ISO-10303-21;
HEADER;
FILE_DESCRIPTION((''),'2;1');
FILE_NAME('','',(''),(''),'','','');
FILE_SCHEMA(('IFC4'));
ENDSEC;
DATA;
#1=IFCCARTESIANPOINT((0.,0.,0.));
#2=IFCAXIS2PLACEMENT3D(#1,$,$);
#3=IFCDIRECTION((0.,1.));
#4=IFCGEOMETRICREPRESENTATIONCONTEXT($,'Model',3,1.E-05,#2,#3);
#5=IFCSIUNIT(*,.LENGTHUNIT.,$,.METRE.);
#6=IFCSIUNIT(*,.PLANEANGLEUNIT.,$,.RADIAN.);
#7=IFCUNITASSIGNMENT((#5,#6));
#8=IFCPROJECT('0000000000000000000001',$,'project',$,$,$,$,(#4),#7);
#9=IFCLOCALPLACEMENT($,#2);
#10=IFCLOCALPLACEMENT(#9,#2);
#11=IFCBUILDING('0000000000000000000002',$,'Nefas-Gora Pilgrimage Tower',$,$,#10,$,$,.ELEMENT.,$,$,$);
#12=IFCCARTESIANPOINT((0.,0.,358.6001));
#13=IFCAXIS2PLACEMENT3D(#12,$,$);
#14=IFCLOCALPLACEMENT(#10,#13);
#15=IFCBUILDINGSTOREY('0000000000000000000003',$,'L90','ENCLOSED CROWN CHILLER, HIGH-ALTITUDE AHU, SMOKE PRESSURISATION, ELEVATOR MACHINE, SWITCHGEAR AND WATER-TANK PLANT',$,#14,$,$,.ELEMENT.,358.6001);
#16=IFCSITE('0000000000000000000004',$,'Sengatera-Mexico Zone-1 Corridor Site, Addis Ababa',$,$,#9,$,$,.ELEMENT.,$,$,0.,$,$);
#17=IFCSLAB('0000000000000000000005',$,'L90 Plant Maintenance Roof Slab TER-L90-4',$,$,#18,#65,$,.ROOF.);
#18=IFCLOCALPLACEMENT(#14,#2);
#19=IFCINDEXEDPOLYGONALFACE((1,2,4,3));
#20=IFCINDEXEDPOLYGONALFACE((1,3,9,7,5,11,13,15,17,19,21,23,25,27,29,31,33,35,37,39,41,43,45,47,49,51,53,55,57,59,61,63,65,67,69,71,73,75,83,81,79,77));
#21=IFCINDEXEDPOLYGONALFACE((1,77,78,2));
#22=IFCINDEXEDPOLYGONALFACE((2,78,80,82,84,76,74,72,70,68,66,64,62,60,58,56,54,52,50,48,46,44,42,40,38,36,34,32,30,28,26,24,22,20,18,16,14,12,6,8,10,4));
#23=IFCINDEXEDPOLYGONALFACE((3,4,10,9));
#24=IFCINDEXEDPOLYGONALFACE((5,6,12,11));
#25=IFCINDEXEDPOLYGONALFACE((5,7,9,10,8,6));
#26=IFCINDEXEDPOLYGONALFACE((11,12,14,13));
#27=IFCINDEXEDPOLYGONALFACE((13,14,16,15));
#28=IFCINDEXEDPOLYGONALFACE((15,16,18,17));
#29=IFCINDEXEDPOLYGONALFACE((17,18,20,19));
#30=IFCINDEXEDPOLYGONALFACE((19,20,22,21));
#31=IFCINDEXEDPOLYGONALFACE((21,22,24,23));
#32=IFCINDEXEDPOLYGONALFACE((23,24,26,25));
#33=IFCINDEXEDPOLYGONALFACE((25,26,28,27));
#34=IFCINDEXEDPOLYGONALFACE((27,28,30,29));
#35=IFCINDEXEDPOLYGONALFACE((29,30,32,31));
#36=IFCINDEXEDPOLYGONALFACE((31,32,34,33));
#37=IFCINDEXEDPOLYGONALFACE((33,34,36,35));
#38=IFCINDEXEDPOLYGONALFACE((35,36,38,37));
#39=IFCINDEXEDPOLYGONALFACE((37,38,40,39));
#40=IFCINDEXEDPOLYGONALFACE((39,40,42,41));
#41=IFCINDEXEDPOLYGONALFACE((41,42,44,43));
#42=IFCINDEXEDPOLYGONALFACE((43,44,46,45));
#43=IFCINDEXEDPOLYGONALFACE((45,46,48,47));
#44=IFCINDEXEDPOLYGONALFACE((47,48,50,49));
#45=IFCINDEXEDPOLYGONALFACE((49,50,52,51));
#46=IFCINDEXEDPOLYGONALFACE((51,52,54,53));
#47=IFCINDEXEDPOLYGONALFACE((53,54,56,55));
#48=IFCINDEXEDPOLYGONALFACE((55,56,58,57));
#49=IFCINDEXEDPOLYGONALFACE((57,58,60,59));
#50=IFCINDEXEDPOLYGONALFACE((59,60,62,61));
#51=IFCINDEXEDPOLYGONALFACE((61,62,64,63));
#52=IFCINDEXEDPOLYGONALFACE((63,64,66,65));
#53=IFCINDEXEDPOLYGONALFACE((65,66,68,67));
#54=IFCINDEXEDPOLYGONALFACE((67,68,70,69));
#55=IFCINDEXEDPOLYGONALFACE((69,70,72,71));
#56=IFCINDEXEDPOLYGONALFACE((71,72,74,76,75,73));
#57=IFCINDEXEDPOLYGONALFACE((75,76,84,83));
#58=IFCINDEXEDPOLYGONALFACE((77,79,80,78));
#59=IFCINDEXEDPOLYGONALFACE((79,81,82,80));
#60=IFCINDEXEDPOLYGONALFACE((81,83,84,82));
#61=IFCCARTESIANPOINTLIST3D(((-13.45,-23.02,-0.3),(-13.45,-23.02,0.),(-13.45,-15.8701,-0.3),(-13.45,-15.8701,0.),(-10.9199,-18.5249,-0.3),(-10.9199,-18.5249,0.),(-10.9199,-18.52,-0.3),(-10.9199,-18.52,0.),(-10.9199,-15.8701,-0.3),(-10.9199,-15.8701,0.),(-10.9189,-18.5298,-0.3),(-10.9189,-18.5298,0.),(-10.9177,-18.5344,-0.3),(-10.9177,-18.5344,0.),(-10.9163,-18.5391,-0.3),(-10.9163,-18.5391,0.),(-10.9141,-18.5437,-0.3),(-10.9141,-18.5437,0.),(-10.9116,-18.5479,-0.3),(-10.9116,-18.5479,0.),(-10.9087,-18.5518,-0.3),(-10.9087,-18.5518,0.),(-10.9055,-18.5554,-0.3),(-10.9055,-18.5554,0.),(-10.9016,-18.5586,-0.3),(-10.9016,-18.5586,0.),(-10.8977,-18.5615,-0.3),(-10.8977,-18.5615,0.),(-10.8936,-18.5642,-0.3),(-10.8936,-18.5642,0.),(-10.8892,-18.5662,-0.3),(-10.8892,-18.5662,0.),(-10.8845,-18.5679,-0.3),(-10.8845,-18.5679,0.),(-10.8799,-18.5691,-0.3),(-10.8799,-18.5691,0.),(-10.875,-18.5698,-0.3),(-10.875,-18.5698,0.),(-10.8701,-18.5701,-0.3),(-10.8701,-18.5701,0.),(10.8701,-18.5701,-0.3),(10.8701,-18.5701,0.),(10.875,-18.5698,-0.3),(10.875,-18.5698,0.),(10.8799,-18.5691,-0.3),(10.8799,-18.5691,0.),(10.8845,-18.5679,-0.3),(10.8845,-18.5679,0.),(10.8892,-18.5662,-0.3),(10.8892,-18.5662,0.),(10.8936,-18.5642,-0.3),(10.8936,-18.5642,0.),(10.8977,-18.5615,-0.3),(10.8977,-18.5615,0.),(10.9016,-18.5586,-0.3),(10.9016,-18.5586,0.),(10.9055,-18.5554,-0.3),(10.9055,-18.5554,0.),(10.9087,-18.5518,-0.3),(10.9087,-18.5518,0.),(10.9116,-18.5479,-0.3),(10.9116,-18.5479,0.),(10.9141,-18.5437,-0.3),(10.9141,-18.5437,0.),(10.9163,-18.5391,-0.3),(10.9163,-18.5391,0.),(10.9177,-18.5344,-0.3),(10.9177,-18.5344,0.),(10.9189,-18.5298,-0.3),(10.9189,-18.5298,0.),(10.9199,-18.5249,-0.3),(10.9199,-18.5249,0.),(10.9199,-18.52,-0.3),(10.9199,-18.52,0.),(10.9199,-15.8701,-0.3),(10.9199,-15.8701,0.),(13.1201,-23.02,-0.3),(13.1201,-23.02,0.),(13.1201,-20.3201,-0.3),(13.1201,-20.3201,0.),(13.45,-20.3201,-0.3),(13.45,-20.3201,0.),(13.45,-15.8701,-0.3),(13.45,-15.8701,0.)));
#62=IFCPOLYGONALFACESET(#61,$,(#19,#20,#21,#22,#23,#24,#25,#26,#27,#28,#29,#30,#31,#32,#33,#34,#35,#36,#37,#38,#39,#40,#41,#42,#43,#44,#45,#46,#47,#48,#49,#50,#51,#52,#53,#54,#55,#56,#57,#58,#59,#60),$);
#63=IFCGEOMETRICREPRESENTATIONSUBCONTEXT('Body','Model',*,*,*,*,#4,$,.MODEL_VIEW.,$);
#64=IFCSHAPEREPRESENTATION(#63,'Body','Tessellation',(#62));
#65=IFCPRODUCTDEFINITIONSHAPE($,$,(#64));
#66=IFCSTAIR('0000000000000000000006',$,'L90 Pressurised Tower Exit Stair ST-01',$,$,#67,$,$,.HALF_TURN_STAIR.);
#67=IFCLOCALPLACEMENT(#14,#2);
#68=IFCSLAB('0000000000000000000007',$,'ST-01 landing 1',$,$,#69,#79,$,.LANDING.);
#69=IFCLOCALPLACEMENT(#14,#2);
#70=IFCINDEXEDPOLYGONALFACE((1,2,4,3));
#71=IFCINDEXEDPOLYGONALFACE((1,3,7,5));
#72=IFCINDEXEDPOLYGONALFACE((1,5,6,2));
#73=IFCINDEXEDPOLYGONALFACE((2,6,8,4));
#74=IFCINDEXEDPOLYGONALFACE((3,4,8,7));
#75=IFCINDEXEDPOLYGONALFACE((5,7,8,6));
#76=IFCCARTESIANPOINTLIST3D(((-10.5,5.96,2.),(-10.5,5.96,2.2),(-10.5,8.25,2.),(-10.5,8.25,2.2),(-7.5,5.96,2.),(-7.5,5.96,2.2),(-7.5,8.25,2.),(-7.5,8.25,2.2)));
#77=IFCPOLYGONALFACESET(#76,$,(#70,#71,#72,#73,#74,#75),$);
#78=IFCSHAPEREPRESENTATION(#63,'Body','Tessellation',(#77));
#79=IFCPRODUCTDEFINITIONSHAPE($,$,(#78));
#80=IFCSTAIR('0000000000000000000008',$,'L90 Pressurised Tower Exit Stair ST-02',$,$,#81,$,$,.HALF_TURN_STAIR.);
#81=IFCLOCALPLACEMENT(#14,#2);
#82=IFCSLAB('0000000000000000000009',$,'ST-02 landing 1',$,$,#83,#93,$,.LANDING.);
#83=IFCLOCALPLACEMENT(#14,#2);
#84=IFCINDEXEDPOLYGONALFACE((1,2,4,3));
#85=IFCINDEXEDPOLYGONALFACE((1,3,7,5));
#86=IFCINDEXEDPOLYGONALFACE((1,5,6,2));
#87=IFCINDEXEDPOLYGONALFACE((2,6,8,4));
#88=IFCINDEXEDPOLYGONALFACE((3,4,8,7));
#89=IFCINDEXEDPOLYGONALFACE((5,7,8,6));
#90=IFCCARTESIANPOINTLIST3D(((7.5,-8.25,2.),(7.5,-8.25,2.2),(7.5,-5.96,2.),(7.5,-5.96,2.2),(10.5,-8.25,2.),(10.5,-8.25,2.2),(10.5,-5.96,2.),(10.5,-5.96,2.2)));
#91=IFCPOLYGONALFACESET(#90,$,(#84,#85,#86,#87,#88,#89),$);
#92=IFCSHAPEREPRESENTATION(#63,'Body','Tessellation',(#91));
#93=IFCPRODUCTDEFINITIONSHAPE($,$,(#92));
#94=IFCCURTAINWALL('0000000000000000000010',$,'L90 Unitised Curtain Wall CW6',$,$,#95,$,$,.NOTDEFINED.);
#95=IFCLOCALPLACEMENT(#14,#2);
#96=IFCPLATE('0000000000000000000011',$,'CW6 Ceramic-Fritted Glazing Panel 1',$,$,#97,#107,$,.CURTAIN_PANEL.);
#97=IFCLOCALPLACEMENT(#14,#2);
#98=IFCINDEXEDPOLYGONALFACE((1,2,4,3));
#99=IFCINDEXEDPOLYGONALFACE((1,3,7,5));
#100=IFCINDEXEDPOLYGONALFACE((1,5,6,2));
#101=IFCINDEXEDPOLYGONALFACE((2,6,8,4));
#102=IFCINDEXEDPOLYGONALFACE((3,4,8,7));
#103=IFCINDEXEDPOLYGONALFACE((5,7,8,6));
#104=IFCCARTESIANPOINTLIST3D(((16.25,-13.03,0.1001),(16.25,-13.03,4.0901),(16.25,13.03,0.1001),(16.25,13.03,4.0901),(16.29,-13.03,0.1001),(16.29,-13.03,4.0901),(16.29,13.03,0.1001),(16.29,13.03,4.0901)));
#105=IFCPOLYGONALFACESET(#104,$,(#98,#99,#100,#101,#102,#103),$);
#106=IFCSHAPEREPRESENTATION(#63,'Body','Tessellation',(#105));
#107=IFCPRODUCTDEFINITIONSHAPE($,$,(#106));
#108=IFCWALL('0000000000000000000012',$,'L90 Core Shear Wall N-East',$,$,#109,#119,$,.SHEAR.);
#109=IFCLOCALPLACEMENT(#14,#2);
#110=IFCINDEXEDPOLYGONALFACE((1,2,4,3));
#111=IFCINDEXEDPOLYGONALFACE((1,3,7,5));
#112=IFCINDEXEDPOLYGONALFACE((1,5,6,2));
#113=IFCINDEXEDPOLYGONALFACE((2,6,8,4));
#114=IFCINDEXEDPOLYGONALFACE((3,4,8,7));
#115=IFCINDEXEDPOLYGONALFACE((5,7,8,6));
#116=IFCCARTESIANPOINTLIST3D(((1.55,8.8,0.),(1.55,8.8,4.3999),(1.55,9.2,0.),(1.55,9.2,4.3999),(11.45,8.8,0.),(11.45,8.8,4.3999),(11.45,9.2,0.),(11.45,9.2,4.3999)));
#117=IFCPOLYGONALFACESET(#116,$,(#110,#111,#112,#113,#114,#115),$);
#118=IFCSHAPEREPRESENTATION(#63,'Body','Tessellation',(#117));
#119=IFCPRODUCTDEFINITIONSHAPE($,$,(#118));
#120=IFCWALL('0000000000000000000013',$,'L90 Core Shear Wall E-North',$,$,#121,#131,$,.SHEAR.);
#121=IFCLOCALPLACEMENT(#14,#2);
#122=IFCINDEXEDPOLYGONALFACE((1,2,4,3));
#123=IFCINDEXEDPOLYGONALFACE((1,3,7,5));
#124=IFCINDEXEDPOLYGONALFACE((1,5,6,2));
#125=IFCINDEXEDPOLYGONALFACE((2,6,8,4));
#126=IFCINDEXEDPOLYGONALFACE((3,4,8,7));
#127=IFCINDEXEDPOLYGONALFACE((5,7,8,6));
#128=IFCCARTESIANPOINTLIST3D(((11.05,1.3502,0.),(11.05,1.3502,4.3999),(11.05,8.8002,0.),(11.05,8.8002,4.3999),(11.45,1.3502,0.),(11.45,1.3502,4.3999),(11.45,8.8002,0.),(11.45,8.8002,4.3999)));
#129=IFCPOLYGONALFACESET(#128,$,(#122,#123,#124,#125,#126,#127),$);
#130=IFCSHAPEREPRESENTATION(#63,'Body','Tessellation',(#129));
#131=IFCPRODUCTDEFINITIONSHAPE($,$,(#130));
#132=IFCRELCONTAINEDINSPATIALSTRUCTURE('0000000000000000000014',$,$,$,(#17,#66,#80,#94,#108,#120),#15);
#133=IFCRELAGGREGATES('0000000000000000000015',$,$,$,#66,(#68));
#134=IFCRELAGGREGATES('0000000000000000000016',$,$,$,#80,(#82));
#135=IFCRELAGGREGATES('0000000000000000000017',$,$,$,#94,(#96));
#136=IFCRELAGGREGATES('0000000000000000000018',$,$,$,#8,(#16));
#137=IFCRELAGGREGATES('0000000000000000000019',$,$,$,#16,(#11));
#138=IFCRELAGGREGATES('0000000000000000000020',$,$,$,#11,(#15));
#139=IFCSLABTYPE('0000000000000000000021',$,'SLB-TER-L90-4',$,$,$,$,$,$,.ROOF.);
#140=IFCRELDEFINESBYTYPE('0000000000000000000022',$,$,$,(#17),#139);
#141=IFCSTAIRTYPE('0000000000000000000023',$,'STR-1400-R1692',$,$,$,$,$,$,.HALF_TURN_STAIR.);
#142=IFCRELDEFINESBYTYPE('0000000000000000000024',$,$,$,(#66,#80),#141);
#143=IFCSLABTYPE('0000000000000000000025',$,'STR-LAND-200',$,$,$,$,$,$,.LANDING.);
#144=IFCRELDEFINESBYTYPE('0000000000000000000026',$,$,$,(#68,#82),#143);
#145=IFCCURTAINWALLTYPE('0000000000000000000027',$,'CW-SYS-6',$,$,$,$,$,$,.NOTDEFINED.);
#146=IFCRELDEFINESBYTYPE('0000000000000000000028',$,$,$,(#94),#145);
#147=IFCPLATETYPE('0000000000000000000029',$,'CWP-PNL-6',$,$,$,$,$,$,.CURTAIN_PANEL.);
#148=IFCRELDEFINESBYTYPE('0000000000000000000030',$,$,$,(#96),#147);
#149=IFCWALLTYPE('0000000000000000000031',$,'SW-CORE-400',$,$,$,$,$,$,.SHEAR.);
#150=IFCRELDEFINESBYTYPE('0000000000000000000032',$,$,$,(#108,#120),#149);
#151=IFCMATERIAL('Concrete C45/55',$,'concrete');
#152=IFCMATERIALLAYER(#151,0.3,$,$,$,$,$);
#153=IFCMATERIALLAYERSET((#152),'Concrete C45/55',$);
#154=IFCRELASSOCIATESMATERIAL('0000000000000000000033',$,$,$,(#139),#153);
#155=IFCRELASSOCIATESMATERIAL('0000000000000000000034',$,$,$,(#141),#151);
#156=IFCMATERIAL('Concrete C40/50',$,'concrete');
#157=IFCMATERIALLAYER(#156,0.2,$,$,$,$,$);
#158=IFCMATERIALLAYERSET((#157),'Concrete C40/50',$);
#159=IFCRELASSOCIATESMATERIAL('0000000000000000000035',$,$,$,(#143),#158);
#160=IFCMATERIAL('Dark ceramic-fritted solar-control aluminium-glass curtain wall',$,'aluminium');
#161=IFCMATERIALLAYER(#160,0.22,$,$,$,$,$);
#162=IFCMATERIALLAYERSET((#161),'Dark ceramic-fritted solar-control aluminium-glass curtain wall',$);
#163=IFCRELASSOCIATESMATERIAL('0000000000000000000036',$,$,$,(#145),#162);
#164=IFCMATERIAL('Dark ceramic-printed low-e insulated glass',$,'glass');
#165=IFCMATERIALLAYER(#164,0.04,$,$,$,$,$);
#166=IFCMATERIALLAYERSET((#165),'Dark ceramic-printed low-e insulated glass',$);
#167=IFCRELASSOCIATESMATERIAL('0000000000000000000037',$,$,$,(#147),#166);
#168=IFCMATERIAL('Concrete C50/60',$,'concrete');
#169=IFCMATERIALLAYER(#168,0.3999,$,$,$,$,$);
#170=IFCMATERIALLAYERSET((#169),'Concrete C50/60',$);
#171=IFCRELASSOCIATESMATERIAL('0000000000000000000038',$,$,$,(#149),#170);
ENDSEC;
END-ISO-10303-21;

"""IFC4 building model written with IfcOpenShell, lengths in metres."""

from ifc_helpers import new_model, si_unit, direction, frame, frame_2d, origin, origin_2d, place, context, subcontext, project, spatial, polyline, rectangle, outline, extrude, source, transform, mapped, material, layer, layer_set, type_object, element, aggregate, save


model = new_model("IFC4")

# Units and contexts
model_context = context("Model", 3, precision=1e-05, world=origin(), true_north=direction((0.0, 1.0)))
body_context = subcontext(model_context, "Body", "Model", "MODEL_VIEW")
ifc_project = project(units=[si_unit("LENGTHUNIT", "METRE"), si_unit("PLANEANGLEUNIT", "RADIAN")], contexts=[model_context])

# Site, building, storey
site_placement = place(None, origin())
site = spatial("IfcSite", under=ifc_project, at=site_placement, Name="Sengatera-Mexico Zone-1 Corridor Site, Addis Ababa", CompositionType="ELEMENT", RefElevation=0.0)
building_placement = place(site_placement, origin())
building = spatial("IfcBuilding", under=site, at=building_placement, Name="Nefas-Gora Pilgrimage Tower", CompositionType="ELEMENT")
storey_placement = place(building_placement, frame((0.0, 0.0, 358.6001)))
storey = spatial("IfcBuildingStorey", under=building, at=storey_placement, Name="L90", Description="ENCLOSED CROWN CHILLER, HIGH-ALTITUDE AHU, SMOKE PRESSURISATION, ELEVATOR MACHINE, SWITCHGEAR AND WATER-TANK PLANT", CompositionType="ELEMENT", Elevation=358.6001)

# Shared definitions
ifc_material_1 = material(Name="Concrete C50/60", Category="concrete")

# Slab
ifc_material_2 = material(Name="Concrete C45/55", Category="concrete")
ifc_layer_1 = layer(ifc_material_2, 0.3)
ifc_layer_set_1 = layer_set([ifc_layer_1], Name="Concrete C45/55")
slab_type_1 = type_object("IfcSlabType", Name="SLB-TER-L90-4", PredefinedType="ROOF", material=ifc_layer_set_1)
slab_1_placement = place(storey_placement, frame((0.0, 0.0, -0.3)))
element("IfcSlab", 1, at=slab_1_placement, inside=storey, type_object=slab_type_1, Name="L90 Plant Maintenance Roof Slab TER-L90-4", PredefinedType="ROOF", context=body_context, shape_type="SweptSolid", body=[
    extrude(outline(polyline([(13.45, -20.3201), (13.45, -15.8701), (10.9199, -15.8701), (10.9199, -18.52), (10.9199, -18.5249), (10.9189, -18.5298), (10.9177, -18.5344), (10.9163, -18.5391), (10.9141, -18.5437), (10.9116, -18.5479), (10.9087, -18.5518), (10.9055, -18.5554), (10.9016, -18.5586), (10.8977, -18.5615), (10.8936, -18.5642), (10.8892, -18.5662), (10.8845, -18.5679), (10.8799, -18.5691), (10.875, -18.5698), (10.8701, -18.5701), (-10.8701, -18.5701), (-10.875, -18.5698), (-10.8799, -18.5691), (-10.8845, -18.5679), (-10.8892, -18.5662), (-10.8936, -18.5642), (-10.8977, -18.5615), (-10.9016, -18.5586), (-10.9055, -18.5554), (-10.9087, -18.5518), (-10.9116, -18.5479), (-10.9141, -18.5437), (-10.9163, -18.5391), (-10.9177, -18.5344), (-10.9189, -18.5298), (-10.9199, -18.5249), (-10.9199, -18.52), (-10.9199, -15.8701), (-13.45, -15.8701), (-13.45, -23.02), (13.1201, -23.02), (13.1201, -20.3201), (13.45, -20.3201)])), origin(), (0.0, 0.0, 1.0), 0.3),
])

# Stairs, slabs
stair_type = type_object("IfcStairType", Name="STR-1400-R1692", PredefinedType="HALF_TURN_STAIR", material=ifc_material_2)
stair_1_placement = place(storey_placement, origin())
stair_1 = element("IfcStair", 2, at=stair_1_placement, inside=storey, type_object=stair_type, Name="L90 Pressurised Tower Exit Stair ST-01", PredefinedType="HALF_TURN_STAIR")
ifc_material_3 = material(Name="Concrete C40/50", Category="concrete")
ifc_layer_2 = layer(ifc_material_3, 0.2)
ifc_layer_set_2 = layer_set([ifc_layer_2], Name="Concrete C40/50")
slab_type_2 = type_object("IfcSlabType", Name="STR-LAND-200", PredefinedType="LANDING", material=ifc_layer_set_2)
slab_2_placement = place(storey_placement, frame((0.0, 0.0, 2.0)))
slab_2 = element("IfcSlab", 3, at=slab_2_placement, type_object=slab_type_2, Name="ST-01 landing 1", PredefinedType="LANDING", context=body_context, shape_type="SweptSolid", body=[
    extrude(outline(polyline([(-7.5, 5.96), (-7.5, 8.25), (-10.5, 8.25), (-10.5, 5.96), (-7.5, 5.96)])), origin(), (0.0, 0.0, 1.0), 0.2),
])
aggregate(stair_1, [slab_2])
stair_2_placement = place(storey_placement, origin())
stair_2 = element("IfcStair", 4, at=stair_2_placement, inside=storey, type_object=stair_type, Name="L90 Pressurised Tower Exit Stair ST-02", PredefinedType="HALF_TURN_STAIR")
slab_3_placement = place(storey_placement, frame((0.0, 0.0, 2.0)))
slab_3 = element("IfcSlab", 5, at=slab_3_placement, type_object=slab_type_2, Name="ST-02 landing 1", PredefinedType="LANDING", context=body_context, shape_type="SweptSolid", body=[
    extrude(outline(polyline([(7.5, -5.96), (7.5, -8.25), (10.5, -8.25), (10.5, -5.96), (7.5, -5.96)])), origin(), (0.0, 0.0, 1.0), 0.2),
])
aggregate(stair_2, [slab_3])

# Curtain wall, plate
ifc_material_4 = material(Name="Dark ceramic-fritted solar-control aluminium-glass curtain wall", Category="aluminium")
ifc_layer_3 = layer(ifc_material_4, 0.22)
ifc_layer_set_3 = layer_set([ifc_layer_3], Name="Dark ceramic-fritted solar-control aluminium-glass curtain wall")
curtain_wall_type = type_object("IfcCurtainWallType", Name="CW-SYS-6", PredefinedType="NOTDEFINED", material=ifc_layer_set_3)
curtain_wall_placement = place(storey_placement, origin())
curtain_wall = element("IfcCurtainWall", 6, at=curtain_wall_placement, inside=storey, type_object=curtain_wall_type, Name="L90 Unitised Curtain Wall CW6", PredefinedType="NOTDEFINED")
ifc_material_5 = material(Name="Dark ceramic-printed low-e insulated glass", Category="glass")
ifc_layer_4 = layer(ifc_material_5, 0.04)
ifc_layer_set_4 = layer_set([ifc_layer_4], Name="Dark ceramic-printed low-e insulated glass")
plate_type = type_object("IfcPlateType", Name="CWP-PNL-6", PredefinedType="CURTAIN_PANEL", material=ifc_layer_set_4)
shared_shape_1 = source(origin(), body_context, "Body", "SweptSolid", [
    extrude(rectangle(XDim=26.0601, YDim=0.04, at=origin_2d()), origin(), (0.0, 0.0, 1.0), 3.99),
])
plate_placement = place(storey_placement, frame((16.27, 0.0, 0.1001), z_axis=(0.0, 0.0, 1.0), x_axis=(0.0, 1.0, 0.0)))
plate = element("IfcPlate", 7, at=plate_placement, type_object=plate_type, Name="CW6 Ceramic-Fritted Glazing Panel 1", PredefinedType="CURTAIN_PANEL", context=body_context, shape_type="MappedRepresentation", body=[
    mapped(shared_shape_1, transform((0.0, 0.0, 0.0), x_axis=(1.0, 0.0, 0.0), y_axis=(0.0, 1.0, 0.0), z_axis=(0.0, 0.0, 1.0), scale=1.0)),
])
aggregate(curtain_wall, [plate])

# Walls
ifc_layer_5 = layer(ifc_material_1, 0.3999)
ifc_layer_set_5 = layer_set([ifc_layer_5], Name="Concrete C50/60")
wall_type_1 = type_object("IfcWallType", Name="SW-CORE-400", PredefinedType="SHEAR", material=ifc_layer_set_5)
shared_shape_2 = source(origin(), body_context, "Body", "SweptSolid", [
    extrude(rectangle(XDim=9.8999, YDim=0.3999, at=frame_2d((4.95, 0.0))), origin(), (0.0, 0.0, 1.0), 4.3999),
])
wall_1_placement = place(storey_placement, frame((1.55, 9.0, 0.0), z_axis=(0.0, 0.0, 1.0), x_axis=(1.0, 0.0, 0.0)))
element("IfcWall", 8, at=wall_1_placement, inside=storey, type_object=wall_type_1, Name="L90 Core Shear Wall N-East", PredefinedType="SHEAR", context=body_context, shape_type="MappedRepresentation", body=[
    mapped(shared_shape_2, transform((0.0, 0.0, 0.0), x_axis=(1.0, 0.0, 0.0), y_axis=(0.0, 1.0, 0.0), z_axis=(0.0, 0.0, 1.0), scale=1.0)),
])
shared_shape_3 = source(origin(), body_context, "Body", "SweptSolid", [
    extrude(rectangle(XDim=7.45, YDim=0.3999, at=frame_2d((3.7251, 0.0))), origin(), (0.0, 0.0, 1.0), 4.3999),
])
wall_2_placement = place(storey_placement, frame((11.25, 1.3501, 0.0), z_axis=(0.0, 0.0, 1.0), x_axis=(0.0, 1.0, 0.0)))
element("IfcWall", 9, at=wall_2_placement, inside=storey, type_object=wall_type_1, Name="L90 Core Shear Wall E-North", PredefinedType="SHEAR", context=body_context, shape_type="MappedRepresentation", body=[
    mapped(shared_shape_3, transform((0.0, 0.0, 0.0), x_axis=(1.0, 0.0, 0.0), y_axis=(0.0, 1.0, 0.0), z_axis=(0.0, 0.0, 1.0), scale=1.0)),
])

save(model, "model.ifc")
